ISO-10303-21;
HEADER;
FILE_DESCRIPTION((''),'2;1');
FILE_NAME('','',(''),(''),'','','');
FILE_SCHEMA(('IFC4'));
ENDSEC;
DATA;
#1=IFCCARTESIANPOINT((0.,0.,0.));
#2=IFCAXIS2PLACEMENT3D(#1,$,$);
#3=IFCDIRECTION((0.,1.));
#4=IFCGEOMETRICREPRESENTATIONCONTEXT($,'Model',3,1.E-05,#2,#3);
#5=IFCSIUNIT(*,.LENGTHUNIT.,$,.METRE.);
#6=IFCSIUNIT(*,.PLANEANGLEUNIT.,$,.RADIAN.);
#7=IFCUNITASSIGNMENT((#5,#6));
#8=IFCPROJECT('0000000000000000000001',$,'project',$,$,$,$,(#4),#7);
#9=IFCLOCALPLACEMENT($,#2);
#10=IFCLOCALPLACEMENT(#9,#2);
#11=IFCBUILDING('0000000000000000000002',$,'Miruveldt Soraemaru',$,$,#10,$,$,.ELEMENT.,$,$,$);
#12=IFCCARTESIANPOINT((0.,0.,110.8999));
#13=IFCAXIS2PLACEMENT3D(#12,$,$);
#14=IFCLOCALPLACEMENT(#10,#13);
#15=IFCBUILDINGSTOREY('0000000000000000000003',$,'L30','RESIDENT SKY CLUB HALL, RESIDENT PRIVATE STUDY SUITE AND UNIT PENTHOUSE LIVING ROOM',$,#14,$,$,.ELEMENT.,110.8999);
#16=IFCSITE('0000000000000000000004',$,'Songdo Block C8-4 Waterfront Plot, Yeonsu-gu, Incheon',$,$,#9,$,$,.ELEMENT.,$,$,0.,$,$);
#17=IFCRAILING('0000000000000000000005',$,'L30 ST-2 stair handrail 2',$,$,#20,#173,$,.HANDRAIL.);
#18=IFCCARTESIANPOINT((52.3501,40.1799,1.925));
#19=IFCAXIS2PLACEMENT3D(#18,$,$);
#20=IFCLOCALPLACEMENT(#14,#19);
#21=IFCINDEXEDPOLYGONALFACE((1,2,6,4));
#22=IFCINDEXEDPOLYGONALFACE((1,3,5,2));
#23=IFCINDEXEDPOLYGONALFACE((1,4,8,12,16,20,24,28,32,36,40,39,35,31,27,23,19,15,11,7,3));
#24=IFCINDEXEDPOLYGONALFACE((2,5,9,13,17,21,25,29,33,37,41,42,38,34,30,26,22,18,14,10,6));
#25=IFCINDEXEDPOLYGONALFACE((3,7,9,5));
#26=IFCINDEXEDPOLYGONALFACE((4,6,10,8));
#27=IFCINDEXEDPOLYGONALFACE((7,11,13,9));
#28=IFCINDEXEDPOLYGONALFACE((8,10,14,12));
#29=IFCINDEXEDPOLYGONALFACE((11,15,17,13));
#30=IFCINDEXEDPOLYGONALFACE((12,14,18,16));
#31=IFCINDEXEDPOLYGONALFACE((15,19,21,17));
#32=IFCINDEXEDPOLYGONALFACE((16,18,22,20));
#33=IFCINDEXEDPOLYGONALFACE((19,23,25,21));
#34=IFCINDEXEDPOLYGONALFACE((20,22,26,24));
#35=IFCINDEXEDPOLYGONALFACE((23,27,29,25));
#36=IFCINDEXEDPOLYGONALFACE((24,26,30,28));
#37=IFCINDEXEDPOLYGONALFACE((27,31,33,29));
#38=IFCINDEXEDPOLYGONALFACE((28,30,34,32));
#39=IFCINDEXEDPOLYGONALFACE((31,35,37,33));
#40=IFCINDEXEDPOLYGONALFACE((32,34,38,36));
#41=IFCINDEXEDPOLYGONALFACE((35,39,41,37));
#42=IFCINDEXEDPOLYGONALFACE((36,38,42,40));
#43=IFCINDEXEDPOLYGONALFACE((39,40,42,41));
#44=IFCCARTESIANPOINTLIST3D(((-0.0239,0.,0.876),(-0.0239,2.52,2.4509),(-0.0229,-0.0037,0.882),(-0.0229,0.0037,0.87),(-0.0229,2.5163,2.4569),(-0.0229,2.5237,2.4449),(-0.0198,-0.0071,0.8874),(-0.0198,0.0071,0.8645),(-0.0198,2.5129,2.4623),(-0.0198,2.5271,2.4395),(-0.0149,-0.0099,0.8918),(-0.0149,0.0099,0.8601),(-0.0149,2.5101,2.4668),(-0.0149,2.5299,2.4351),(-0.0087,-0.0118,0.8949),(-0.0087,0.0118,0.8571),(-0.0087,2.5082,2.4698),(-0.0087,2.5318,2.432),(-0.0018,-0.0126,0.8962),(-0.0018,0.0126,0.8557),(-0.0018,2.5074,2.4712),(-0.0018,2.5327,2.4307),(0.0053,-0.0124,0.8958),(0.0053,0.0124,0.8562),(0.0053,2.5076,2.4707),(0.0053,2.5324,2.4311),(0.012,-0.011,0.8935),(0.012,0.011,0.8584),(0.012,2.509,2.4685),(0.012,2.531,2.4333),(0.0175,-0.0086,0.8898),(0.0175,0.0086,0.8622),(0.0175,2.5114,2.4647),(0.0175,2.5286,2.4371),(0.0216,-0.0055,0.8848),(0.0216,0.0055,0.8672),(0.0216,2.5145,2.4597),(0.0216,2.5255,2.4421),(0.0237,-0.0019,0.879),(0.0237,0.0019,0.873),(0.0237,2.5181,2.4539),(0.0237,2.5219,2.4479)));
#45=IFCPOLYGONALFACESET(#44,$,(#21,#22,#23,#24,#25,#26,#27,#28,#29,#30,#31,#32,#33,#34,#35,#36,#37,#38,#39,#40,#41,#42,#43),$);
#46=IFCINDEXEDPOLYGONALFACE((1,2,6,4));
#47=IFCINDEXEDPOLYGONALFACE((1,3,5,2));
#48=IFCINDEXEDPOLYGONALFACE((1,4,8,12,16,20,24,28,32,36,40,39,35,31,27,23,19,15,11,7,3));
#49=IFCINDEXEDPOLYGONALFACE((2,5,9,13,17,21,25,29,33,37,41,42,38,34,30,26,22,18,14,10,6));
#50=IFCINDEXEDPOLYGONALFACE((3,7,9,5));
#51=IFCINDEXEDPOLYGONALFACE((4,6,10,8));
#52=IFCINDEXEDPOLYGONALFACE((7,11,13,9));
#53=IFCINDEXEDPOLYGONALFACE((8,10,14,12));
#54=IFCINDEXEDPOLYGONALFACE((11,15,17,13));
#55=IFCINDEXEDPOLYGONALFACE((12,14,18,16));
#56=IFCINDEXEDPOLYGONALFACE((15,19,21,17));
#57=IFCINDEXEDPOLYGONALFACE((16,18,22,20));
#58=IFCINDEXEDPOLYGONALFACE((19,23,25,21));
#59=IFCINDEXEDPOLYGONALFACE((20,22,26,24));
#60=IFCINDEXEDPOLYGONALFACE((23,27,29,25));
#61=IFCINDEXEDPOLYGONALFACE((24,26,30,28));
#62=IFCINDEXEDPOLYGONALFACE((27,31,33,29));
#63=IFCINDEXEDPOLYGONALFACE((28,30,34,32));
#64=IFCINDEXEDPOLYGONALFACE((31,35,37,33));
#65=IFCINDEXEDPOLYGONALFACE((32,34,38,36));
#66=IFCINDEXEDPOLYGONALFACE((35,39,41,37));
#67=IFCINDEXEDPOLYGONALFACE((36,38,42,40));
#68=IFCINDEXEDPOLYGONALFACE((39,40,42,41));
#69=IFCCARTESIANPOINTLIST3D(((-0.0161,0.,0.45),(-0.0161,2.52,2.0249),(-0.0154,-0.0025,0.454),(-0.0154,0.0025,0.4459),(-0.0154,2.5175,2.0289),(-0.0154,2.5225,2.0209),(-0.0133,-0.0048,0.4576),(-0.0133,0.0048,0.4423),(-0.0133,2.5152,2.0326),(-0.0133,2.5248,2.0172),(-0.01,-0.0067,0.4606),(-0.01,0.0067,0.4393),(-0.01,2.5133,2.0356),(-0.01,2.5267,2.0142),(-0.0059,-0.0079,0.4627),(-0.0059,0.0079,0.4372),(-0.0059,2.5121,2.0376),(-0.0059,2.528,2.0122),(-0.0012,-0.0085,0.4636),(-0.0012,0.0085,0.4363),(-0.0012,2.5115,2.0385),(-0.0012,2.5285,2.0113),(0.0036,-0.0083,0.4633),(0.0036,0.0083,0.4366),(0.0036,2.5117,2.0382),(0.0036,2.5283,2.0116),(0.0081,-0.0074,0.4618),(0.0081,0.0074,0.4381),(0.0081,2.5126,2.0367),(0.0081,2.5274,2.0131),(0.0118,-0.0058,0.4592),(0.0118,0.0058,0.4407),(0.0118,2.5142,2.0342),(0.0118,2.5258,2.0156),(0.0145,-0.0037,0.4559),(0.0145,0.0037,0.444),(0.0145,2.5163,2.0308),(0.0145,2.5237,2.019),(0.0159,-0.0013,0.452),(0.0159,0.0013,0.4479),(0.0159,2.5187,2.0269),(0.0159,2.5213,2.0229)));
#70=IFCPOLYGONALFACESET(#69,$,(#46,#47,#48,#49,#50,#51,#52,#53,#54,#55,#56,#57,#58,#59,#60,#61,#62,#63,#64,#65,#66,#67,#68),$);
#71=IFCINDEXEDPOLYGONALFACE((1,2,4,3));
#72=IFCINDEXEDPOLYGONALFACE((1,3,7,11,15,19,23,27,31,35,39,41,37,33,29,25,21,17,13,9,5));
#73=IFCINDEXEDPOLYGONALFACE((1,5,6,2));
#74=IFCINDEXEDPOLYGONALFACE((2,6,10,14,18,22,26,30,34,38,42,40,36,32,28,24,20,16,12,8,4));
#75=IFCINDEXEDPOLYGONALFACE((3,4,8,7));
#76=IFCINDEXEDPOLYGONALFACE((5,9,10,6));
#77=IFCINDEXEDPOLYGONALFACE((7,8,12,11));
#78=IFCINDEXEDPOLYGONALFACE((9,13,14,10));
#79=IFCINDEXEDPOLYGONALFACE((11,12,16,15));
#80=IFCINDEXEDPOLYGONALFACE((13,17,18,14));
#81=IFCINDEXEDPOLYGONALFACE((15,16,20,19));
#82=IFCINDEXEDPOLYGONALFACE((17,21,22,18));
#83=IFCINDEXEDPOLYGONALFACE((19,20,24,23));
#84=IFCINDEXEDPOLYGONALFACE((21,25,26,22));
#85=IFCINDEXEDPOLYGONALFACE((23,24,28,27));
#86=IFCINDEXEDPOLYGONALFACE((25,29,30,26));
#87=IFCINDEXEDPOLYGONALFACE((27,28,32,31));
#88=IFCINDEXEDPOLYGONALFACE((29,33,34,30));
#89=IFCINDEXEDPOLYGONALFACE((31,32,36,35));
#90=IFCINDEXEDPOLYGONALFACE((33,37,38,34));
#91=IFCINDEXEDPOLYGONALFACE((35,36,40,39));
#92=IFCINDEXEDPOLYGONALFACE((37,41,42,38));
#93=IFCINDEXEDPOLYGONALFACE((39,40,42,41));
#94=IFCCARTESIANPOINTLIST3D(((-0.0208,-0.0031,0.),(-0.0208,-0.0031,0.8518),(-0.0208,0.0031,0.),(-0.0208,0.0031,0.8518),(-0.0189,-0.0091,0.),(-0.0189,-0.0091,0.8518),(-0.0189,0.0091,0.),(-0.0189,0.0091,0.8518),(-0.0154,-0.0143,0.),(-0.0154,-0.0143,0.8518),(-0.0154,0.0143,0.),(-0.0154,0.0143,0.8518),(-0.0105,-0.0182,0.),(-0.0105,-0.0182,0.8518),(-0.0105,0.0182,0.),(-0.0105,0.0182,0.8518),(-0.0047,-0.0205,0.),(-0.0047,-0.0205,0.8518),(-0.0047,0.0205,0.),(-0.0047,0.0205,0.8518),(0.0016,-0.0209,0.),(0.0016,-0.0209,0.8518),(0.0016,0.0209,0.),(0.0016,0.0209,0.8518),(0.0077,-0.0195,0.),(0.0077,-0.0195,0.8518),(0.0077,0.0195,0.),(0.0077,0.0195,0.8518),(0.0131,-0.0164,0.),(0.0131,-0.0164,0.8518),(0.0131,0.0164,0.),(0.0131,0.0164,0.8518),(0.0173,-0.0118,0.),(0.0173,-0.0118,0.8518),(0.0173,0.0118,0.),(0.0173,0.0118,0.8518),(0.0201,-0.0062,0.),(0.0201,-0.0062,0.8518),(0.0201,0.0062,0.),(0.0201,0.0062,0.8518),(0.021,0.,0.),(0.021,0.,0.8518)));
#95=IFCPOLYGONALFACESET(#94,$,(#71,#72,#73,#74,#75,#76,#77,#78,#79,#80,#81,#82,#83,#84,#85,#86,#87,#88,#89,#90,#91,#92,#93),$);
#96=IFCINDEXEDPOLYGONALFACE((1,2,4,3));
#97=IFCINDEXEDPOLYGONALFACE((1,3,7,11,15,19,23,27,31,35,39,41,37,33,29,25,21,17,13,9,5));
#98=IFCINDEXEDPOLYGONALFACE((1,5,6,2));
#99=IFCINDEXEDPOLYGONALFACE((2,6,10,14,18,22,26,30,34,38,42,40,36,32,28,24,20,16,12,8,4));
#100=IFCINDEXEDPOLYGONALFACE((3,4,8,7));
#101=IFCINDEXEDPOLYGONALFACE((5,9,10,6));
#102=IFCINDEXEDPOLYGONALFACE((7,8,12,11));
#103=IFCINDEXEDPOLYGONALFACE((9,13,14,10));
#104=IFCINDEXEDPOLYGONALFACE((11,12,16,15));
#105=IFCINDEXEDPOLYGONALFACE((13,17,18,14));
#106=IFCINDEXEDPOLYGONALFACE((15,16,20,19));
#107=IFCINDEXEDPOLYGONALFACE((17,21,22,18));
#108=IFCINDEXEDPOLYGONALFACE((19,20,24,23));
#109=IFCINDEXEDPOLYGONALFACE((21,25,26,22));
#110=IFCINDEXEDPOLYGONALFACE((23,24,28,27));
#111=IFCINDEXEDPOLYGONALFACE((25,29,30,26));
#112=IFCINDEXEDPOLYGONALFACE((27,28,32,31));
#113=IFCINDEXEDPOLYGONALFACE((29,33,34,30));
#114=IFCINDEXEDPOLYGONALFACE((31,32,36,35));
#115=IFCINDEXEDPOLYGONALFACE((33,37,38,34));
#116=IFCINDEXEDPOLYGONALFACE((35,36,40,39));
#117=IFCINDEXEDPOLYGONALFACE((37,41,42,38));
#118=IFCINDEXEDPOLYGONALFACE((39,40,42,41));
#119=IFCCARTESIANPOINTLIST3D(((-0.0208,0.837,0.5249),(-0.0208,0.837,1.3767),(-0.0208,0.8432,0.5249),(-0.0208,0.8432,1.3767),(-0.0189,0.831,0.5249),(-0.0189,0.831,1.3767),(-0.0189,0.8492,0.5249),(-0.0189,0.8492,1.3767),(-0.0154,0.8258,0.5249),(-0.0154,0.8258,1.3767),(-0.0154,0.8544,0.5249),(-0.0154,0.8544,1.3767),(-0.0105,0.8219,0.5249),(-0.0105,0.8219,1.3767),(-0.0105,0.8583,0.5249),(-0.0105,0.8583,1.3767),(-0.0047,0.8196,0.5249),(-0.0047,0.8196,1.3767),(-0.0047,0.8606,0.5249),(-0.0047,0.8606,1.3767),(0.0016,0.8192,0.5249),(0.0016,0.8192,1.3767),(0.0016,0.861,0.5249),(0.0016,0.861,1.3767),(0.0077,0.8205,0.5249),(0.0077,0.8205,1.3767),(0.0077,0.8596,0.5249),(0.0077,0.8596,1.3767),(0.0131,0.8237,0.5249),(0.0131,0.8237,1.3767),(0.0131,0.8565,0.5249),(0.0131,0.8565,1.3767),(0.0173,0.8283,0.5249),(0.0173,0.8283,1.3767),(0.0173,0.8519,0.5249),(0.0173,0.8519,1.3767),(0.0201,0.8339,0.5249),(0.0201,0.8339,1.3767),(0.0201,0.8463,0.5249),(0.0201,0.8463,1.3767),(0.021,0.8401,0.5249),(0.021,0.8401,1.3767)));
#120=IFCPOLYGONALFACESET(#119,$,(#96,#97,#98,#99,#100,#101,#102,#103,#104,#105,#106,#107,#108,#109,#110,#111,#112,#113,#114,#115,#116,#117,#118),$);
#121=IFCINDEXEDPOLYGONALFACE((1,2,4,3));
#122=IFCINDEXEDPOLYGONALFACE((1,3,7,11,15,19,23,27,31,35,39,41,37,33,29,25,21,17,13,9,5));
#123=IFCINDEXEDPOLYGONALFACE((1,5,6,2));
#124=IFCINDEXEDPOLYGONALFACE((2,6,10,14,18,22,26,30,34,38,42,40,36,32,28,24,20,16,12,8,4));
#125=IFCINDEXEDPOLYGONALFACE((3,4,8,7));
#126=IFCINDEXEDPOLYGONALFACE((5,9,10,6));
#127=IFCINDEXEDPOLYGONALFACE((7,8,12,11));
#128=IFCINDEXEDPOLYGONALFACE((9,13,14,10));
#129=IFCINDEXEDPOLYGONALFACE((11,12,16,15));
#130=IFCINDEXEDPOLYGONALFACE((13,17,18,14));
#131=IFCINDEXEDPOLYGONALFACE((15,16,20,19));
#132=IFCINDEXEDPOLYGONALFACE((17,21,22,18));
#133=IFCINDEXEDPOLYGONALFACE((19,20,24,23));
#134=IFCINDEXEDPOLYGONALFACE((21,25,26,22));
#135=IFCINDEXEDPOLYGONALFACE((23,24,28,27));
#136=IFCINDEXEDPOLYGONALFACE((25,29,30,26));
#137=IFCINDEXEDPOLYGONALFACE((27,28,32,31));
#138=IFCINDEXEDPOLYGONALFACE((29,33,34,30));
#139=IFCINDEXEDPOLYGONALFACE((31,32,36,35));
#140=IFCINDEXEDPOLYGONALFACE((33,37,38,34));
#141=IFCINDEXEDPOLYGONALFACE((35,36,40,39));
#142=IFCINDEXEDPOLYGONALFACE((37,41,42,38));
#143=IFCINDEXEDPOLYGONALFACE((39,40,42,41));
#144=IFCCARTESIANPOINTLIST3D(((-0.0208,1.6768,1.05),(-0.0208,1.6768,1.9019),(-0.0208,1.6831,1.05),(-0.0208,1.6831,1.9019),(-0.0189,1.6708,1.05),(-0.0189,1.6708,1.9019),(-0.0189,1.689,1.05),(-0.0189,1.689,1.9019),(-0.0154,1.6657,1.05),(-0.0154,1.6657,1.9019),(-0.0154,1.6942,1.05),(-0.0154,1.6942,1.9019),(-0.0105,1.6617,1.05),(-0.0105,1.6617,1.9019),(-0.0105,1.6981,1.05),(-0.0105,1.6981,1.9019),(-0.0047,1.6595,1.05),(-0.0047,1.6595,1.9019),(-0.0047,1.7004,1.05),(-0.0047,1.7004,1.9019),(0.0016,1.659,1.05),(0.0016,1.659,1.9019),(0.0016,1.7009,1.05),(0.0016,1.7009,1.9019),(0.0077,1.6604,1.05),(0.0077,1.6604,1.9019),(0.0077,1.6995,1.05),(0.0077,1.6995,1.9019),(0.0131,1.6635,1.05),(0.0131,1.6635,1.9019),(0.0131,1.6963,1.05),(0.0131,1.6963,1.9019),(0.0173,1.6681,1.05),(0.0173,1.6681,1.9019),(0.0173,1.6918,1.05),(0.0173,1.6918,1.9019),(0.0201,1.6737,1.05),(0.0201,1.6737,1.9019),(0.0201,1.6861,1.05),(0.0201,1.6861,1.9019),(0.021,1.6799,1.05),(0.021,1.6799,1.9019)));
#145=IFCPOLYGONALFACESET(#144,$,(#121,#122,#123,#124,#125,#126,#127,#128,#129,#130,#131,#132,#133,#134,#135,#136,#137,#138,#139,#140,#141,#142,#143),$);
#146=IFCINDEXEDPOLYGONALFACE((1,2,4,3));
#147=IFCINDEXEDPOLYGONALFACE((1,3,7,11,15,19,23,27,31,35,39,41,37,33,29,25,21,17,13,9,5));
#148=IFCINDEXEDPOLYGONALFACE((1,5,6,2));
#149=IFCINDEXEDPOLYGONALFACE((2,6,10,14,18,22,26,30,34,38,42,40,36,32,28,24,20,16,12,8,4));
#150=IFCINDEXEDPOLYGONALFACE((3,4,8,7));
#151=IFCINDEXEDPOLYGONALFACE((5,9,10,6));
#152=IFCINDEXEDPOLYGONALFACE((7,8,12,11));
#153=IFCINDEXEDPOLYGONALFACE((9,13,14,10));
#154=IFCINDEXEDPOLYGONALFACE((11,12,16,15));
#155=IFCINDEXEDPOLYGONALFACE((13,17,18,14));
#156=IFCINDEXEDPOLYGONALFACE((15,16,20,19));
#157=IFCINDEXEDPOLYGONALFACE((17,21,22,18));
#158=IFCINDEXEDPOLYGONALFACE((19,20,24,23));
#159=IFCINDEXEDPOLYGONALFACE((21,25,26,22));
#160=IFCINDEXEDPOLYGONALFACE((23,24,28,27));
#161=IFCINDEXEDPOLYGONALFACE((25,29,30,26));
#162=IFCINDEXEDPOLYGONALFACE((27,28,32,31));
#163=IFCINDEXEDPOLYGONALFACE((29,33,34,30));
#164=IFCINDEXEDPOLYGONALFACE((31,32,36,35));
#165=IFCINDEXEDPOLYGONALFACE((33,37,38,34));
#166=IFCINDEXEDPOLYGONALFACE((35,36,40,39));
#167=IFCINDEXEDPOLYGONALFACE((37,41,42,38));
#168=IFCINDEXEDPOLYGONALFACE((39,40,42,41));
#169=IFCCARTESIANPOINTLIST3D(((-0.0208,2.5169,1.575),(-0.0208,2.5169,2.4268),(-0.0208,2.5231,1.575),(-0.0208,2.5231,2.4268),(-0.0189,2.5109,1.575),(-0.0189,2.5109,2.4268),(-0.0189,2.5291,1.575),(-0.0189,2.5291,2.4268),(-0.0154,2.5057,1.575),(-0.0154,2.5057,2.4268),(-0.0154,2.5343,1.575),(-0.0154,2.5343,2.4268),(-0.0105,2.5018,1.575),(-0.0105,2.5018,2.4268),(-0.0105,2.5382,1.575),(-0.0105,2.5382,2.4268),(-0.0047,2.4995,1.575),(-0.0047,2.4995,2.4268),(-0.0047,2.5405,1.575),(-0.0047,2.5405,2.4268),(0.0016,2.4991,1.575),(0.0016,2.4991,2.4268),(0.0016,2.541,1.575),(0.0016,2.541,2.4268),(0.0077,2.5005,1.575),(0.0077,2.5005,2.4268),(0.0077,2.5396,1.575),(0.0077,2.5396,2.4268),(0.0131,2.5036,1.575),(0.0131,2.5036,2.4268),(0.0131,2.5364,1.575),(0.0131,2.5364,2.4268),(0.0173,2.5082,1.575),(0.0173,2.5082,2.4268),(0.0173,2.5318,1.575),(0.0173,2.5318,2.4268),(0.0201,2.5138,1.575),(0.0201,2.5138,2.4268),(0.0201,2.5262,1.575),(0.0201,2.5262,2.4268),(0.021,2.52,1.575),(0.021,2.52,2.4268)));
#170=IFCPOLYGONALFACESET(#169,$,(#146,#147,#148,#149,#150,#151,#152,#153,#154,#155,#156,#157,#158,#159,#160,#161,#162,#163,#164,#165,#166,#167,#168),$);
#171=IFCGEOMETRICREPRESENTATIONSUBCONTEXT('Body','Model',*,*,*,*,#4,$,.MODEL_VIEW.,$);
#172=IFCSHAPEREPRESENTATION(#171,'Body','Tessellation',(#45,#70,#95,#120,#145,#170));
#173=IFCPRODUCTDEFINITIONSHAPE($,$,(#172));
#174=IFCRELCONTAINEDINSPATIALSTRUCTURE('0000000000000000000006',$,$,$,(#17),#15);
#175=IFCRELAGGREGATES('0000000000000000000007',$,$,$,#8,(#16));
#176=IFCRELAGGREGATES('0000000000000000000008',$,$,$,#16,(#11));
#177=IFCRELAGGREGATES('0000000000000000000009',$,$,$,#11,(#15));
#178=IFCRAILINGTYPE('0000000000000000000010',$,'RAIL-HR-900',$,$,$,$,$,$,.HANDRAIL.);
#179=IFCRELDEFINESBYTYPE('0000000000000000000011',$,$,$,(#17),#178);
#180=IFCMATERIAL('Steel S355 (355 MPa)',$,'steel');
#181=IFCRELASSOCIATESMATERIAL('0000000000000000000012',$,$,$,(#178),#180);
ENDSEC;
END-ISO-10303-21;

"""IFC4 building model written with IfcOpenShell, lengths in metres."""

from ifc_helpers import new_model, si_unit, direction, frame, origin, origin_2d, place, context, subcontext, project, spatial, circle, extrude, material, type_object, element, save


model = new_model("IFC4")

# Units and contexts
model_context = context("Model", 3, precision=1e-05, world=origin(), true_north=direction((0.0, 1.0)))
body_context = subcontext(model_context, "Body", "Model", "MODEL_VIEW")
ifc_project = project(units=[si_unit("LENGTHUNIT", "METRE"), si_unit("PLANEANGLEUNIT", "RADIAN")], contexts=[model_context])

# Site, building, storey
site_placement = place(None, origin())
site = spatial("IfcSite", under=ifc_project, at=site_placement, Name="Songdo Block C8-4 Waterfront Plot, Yeonsu-gu, Incheon", CompositionType="ELEMENT", RefElevation=0.0)
building_placement = place(site_placement, origin())
building = spatial("IfcBuilding", under=site, at=building_placement, Name="Miruveldt Soraemaru", CompositionType="ELEMENT")
storey_placement = place(building_placement, frame((0.0, 0.0, 110.8999)))
storey = spatial("IfcBuildingStorey", under=building, at=storey_placement, Name="L30", Description="RESIDENT SKY CLUB HALL, RESIDENT PRIVATE STUDY SUITE AND UNIT PENTHOUSE LIVING ROOM", CompositionType="ELEMENT", Elevation=110.8999)

# Railing
ifc_material_1 = material(Name="Steel S355 (355 MPa)", Category="steel")
railing_type_1 = type_object("IfcRailingType", Name="RAIL-HR-900", PredefinedType="HANDRAIL", material=ifc_material_1)
railing_1_placement = place(storey_placement, frame((52.3501, 40.1799, 1.925)))
element("IfcRailing", 1, at=railing_1_placement, inside=storey, type_object=railing_type_1, Name="L30 ST-2 stair handrail 2", PredefinedType="HANDRAIL", context=body_context, shape_type="SweptSolid", body=[
    extrude(circle(Radius=0.0239, at=origin_2d()), frame((0.0, 0.0, 0.876), z_axis=(0.0, 0.848008, 0.529984), x_axis=(-1.0, 0.0, 0.0)), (0.0, 0.0, 1.0), 2.9717),
    extrude(circle(Radius=0.0161, at=origin_2d()), frame((0.0, 0.0, 0.45), z_axis=(0.0, 0.848008, 0.529984), x_axis=(-1.0, 0.0, 0.0)), (0.0, 0.0, 1.0), 2.9717),
    extrude(circle(Radius=0.021, at=origin_2d()), origin(), (0.0, 0.0, 1.0), 0.8518),
    extrude(circle(Radius=0.021, at=origin_2d()), frame((0.0, 0.8401, 0.5249)), (0.0, 0.0, 1.0), 0.8518),
    extrude(circle(Radius=0.021, at=origin_2d()), frame((0.0, 1.6799, 1.05)), (0.0, 0.0, 1.0), 0.8518),
    extrude(circle(Radius=0.021, at=origin_2d()), frame((0.0, 2.52, 1.575)), (0.0, 0.0, 1.0), 0.8518),
])

save(model, "model.ifc")
